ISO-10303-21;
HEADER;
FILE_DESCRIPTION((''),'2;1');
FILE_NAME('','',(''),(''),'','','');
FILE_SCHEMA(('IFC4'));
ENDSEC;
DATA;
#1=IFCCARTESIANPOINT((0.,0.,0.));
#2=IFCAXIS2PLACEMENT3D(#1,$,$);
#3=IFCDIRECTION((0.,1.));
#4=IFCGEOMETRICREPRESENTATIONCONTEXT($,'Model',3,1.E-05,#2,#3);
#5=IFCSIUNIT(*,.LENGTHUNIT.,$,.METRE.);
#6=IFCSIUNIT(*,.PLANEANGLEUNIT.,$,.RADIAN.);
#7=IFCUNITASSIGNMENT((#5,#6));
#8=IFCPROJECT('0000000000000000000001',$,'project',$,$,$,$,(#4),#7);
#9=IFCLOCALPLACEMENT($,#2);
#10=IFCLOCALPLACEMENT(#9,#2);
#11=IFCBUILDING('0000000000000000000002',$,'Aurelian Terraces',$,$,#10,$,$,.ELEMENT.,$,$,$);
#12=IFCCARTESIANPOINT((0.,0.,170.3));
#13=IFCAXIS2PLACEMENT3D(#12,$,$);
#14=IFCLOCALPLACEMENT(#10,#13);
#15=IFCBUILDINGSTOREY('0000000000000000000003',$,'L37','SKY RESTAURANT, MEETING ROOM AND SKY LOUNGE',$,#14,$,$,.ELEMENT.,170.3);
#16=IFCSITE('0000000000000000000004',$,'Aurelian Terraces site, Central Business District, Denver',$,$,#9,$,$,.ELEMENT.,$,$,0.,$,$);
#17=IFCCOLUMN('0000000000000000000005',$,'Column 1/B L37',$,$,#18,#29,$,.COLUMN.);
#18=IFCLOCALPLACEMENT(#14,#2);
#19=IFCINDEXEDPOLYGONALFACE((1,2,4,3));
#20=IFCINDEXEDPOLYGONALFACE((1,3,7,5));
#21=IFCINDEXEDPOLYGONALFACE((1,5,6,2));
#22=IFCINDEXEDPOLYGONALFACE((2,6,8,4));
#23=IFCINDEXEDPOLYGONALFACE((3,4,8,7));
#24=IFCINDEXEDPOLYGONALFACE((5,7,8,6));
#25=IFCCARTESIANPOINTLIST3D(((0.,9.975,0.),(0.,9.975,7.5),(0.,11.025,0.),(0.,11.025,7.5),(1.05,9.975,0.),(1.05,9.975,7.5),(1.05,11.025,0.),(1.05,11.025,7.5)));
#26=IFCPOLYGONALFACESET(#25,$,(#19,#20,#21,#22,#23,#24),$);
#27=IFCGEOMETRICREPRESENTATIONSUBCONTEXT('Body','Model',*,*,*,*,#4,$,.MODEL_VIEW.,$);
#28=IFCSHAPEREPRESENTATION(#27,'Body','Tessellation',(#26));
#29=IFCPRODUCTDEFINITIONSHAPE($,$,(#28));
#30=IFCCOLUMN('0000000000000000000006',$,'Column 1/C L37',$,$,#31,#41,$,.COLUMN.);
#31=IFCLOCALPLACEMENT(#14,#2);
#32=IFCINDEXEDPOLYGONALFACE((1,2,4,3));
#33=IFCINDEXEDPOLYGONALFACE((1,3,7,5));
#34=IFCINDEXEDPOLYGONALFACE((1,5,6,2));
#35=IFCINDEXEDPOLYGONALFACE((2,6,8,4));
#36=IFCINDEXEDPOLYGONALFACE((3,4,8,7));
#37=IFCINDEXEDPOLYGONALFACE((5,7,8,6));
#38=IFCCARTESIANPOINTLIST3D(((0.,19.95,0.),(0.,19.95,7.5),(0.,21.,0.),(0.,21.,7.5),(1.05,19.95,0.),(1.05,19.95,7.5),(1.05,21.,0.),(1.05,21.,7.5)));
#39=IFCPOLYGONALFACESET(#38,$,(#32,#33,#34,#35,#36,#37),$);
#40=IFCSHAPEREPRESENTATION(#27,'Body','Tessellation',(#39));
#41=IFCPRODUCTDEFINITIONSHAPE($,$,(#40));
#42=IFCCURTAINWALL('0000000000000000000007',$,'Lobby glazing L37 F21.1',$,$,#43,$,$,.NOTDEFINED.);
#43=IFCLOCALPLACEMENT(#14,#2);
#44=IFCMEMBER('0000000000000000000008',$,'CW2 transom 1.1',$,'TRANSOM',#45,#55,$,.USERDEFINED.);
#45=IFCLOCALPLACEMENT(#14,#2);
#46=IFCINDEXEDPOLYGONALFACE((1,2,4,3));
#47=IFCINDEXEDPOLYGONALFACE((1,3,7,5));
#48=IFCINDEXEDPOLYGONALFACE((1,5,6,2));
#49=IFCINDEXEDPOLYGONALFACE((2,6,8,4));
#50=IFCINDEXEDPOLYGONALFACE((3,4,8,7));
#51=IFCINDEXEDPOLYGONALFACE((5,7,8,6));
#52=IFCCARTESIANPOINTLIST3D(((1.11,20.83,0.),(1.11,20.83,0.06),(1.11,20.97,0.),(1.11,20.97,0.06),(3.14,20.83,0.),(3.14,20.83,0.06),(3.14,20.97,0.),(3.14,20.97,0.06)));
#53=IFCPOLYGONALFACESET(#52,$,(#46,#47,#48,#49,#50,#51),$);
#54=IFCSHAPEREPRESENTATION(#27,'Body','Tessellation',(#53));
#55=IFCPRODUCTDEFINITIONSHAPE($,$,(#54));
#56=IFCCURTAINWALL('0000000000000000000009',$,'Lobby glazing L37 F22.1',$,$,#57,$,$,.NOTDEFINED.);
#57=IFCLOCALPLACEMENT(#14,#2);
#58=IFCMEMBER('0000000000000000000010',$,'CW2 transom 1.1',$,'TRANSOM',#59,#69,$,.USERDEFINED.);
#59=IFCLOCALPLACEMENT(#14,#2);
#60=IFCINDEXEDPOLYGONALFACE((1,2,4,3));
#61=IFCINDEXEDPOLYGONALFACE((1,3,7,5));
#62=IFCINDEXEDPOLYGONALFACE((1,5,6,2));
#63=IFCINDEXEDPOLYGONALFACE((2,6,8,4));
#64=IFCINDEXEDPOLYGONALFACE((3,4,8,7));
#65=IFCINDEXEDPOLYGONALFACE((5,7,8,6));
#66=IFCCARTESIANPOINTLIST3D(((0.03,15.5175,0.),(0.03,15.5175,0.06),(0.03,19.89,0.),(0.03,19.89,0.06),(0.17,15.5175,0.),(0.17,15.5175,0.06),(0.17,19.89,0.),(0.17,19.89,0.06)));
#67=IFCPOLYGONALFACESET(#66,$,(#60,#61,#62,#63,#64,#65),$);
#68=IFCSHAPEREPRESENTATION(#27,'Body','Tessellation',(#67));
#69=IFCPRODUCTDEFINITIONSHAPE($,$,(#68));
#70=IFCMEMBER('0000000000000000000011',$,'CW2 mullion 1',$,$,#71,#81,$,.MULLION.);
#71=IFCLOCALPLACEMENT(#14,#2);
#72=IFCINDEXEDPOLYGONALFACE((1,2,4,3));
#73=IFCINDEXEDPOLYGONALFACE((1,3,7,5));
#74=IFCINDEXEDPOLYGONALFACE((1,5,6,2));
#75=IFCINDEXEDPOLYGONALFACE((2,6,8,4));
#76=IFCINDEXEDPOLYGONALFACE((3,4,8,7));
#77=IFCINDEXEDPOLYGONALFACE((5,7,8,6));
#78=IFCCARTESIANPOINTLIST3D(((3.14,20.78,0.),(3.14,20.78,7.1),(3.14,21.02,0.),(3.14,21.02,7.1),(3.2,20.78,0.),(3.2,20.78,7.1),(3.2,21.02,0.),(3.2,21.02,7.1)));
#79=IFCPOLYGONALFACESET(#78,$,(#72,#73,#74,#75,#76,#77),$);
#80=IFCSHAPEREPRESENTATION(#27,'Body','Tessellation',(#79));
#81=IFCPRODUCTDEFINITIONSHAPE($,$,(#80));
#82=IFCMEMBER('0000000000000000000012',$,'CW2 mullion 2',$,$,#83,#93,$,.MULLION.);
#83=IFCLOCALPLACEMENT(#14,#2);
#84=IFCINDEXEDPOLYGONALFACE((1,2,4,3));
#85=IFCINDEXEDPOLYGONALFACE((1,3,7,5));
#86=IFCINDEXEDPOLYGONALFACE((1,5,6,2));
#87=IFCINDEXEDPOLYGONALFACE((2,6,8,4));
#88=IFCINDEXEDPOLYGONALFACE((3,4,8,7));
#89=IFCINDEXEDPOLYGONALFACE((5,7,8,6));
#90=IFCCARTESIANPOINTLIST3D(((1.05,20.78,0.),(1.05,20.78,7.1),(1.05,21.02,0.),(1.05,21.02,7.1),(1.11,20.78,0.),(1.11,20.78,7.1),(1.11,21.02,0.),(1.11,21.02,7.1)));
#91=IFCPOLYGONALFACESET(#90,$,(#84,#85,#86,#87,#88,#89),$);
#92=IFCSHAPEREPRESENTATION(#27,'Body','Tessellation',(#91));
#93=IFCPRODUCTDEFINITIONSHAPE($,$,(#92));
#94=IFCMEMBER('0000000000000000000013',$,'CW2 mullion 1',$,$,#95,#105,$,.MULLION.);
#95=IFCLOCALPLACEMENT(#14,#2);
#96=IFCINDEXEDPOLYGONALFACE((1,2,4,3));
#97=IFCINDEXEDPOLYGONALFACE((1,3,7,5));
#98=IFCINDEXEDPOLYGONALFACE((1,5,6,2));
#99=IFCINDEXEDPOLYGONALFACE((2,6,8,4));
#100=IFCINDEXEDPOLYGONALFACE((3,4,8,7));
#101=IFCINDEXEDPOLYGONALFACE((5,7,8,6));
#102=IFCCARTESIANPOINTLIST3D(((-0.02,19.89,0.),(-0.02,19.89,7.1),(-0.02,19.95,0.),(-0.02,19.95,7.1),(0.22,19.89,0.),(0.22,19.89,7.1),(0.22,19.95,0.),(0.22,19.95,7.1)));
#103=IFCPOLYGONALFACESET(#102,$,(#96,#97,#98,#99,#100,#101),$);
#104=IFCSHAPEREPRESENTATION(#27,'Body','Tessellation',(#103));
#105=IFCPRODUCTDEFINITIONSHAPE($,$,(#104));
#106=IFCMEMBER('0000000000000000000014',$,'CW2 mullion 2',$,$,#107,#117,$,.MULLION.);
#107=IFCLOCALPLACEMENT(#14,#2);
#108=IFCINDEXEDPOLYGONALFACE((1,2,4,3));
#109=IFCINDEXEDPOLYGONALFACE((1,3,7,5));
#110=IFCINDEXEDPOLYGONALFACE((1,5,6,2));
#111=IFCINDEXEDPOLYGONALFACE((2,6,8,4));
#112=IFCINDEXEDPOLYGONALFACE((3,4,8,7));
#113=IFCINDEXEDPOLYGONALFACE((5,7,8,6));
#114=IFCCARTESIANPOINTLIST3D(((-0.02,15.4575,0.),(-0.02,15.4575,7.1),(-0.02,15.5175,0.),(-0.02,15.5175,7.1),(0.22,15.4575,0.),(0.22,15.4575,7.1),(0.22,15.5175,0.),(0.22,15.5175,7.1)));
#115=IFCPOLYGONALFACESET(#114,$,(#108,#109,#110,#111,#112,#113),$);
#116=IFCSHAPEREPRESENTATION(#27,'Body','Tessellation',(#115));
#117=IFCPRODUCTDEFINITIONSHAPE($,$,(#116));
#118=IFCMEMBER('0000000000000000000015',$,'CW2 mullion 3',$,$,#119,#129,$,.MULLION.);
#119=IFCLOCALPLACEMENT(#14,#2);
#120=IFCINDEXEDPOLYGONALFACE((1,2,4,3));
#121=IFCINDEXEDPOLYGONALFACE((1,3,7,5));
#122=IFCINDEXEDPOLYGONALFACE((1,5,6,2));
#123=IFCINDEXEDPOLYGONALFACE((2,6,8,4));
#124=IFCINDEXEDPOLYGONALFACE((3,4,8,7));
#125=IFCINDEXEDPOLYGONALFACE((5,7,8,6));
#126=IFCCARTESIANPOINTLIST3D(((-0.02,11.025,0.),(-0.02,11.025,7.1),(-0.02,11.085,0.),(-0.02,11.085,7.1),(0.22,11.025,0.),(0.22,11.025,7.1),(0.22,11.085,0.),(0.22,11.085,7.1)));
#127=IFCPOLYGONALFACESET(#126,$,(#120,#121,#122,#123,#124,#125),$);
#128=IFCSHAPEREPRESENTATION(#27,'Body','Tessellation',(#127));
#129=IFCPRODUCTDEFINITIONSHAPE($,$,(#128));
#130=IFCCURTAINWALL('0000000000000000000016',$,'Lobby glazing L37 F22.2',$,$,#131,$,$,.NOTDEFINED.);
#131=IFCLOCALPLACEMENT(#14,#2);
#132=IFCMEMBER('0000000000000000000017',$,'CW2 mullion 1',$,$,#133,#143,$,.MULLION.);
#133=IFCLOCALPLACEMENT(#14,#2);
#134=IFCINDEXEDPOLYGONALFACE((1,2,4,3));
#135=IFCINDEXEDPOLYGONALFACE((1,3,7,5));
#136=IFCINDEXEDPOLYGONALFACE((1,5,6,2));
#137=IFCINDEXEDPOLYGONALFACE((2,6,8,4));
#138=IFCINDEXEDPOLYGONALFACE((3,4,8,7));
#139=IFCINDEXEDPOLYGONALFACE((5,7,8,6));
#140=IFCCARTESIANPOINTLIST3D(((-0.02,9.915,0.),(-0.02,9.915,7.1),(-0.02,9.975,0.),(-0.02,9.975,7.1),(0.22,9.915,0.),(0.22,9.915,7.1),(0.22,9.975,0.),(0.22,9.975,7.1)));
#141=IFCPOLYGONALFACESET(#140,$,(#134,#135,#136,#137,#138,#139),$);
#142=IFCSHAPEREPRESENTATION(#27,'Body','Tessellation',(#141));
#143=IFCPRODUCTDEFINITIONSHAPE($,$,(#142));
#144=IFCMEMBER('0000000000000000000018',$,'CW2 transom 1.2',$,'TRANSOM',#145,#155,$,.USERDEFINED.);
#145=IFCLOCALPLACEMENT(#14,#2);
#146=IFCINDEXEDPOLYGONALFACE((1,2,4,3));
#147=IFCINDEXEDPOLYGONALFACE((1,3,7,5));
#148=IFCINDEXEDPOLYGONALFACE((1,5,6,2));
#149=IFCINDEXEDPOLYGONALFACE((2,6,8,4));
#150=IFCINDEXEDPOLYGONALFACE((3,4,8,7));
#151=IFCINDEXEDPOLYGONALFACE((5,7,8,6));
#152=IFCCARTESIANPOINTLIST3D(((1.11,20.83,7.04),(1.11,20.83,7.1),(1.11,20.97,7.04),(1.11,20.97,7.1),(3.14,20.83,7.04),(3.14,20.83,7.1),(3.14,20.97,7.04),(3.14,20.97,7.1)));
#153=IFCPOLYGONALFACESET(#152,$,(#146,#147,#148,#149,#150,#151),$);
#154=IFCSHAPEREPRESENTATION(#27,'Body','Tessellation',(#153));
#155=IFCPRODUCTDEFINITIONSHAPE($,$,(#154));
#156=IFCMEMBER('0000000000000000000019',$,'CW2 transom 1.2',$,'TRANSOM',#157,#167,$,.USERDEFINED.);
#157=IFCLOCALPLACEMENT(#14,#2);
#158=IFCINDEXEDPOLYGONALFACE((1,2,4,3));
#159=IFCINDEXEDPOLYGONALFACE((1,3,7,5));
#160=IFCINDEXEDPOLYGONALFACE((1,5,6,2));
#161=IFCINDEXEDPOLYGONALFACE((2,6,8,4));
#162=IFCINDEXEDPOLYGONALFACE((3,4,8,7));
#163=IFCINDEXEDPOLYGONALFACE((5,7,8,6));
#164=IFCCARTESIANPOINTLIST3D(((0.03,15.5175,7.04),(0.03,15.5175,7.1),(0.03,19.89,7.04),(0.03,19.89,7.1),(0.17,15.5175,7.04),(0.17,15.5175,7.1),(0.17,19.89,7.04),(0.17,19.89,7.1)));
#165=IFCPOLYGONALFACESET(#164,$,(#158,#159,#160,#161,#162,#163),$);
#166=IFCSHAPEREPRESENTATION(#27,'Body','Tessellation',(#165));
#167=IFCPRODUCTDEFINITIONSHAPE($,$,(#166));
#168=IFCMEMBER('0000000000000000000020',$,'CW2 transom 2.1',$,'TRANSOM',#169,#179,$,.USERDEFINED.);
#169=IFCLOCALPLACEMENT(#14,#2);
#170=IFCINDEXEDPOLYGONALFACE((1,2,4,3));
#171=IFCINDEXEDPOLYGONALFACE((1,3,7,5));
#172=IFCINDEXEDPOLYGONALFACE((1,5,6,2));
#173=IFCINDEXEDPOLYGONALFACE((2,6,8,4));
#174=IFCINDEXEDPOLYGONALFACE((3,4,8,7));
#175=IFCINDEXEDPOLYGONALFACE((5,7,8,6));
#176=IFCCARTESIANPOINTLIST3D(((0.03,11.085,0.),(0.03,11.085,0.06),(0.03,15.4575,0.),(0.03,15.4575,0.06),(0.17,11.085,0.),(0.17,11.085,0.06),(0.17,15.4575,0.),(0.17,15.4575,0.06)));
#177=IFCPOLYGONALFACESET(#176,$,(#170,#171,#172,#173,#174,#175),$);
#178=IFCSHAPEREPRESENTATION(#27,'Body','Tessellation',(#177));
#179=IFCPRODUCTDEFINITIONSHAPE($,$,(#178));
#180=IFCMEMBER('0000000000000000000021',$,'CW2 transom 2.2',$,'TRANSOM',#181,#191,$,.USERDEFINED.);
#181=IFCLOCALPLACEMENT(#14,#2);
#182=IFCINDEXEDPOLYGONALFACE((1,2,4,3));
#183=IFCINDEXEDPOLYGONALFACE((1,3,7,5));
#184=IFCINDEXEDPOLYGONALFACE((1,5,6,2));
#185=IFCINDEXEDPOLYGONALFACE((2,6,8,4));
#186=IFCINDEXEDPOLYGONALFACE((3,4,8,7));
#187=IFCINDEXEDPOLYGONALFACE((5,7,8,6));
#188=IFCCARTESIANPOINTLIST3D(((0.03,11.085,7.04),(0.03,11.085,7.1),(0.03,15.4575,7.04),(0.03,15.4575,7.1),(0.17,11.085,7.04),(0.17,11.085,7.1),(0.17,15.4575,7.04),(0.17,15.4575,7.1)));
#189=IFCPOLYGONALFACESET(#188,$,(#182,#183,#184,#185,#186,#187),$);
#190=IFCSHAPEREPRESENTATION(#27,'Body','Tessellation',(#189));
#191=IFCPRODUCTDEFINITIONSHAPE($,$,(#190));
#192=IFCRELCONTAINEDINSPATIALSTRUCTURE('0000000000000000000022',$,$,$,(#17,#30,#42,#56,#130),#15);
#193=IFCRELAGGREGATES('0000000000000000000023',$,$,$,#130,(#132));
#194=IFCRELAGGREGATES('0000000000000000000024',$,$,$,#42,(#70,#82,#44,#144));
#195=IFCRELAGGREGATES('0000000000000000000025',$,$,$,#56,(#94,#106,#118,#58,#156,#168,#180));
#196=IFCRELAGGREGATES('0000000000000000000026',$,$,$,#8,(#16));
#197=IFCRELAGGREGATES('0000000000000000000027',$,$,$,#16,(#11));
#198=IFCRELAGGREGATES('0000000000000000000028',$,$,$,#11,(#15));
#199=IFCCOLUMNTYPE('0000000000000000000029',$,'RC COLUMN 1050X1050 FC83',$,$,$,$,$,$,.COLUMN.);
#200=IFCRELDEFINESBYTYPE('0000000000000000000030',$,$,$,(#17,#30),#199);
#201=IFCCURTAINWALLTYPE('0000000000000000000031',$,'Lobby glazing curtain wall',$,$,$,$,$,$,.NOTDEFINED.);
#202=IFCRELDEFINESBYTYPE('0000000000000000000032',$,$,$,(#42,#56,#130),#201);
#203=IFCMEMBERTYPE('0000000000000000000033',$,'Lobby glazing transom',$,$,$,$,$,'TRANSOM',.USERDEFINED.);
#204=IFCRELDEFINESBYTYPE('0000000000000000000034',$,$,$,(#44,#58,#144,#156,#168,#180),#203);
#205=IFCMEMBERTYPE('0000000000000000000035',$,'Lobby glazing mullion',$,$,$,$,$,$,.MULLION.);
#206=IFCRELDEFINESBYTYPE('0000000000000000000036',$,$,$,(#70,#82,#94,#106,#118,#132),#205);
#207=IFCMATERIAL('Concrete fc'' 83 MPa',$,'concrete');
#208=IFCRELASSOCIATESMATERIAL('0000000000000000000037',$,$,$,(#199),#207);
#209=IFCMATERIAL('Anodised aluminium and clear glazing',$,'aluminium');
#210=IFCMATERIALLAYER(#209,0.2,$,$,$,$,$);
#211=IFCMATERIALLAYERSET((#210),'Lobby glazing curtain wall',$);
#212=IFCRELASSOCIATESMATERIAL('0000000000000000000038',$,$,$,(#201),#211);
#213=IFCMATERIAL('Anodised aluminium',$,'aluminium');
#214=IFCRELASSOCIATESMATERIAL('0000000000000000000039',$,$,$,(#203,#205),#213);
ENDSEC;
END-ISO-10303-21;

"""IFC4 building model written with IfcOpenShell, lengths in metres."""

from ifc_helpers import new_model, si_unit, direction, frame, origin, origin_2d, place, context, subcontext, project, spatial, rectangle, extrude, source, transform, mapped, material, layer, layer_set, material_profile, profile_set, type_object, element, aggregate, save


model = new_model("IFC4")

# Units and contexts
model_context = context("Model", 3, precision=1e-05, world=origin(), true_north=direction((0.0, 1.0)))
body_context = subcontext(model_context, "Body", "Model", "MODEL_VIEW")
ifc_project = project(units=[si_unit("LENGTHUNIT", "METRE"), si_unit("PLANEANGLEUNIT", "RADIAN")], contexts=[model_context])

# Site, building, storey
site_placement = place(None, origin())
site = spatial("IfcSite", under=ifc_project, at=site_placement, Name="Aurelian Terraces site, Central Business District, Denver", CompositionType="ELEMENT", RefElevation=0.0)
building_placement = place(site_placement, origin())
building = spatial("IfcBuilding", under=site, at=building_placement, Name="Aurelian Terraces", CompositionType="ELEMENT")
storey_placement = place(building_placement, frame((0.0, 0.0, 170.3)))
storey = spatial("IfcBuildingStorey", under=building, at=storey_placement, Name="L37", Description="SKY RESTAURANT, MEETING ROOM AND SKY LOUNGE", CompositionType="ELEMENT", Elevation=170.3)

# Columns
ifc_material_1 = material(Name="Concrete fc' 83 MPa", Category="concrete")
ifc_material_profile_1 = material_profile(ifc_material_1, rectangle(XDim=1.05, YDim=1.05, at=origin_2d()))
ifc_profile_set_1 = profile_set([ifc_material_profile_1], Name="Concrete fc' 83 MPa")
column_type = type_object("IfcColumnType", Name="RC COLUMN 1050X1050 FC83", PredefinedType="COLUMN", material=ifc_profile_set_1)
shared_shape_1 = source(origin(), body_context, "Body", "SweptSolid", [
    extrude(rectangle(XDim=1.05, YDim=1.05, at=origin_2d()), origin(), (0.0, 0.0, 1.0), 7.5),
])
for number, where, z_axis, x_axis, name in (
    (1, (0.525, 10.5, 0.0), (0.0, 0.0, 1.0), (1.0, 0.0, 0.0), "Column 1/B L37"),
    (2, (0.525, 20.475, 0.0), (0.0, 0.0, 1.0), (1.0, 0.0, 0.0), "Column 1/C L37"),
):
    element("IfcColumn", number, at=place(storey_placement, frame(where, z_axis=z_axis, x_axis=x_axis)), inside=storey, type_object=column_type, Name=name, PredefinedType="COLUMN", context=body_context, shape_type="MappedRepresentation", body=[
        mapped(shared_shape_1, transform((0.0, 0.0, 0.0), scale=1.0)),
    ])

# Curtain walls, members
ifc_material_2 = material(Name="Anodised aluminium and clear glazing", Category="aluminium")
ifc_layer_1 = layer(ifc_material_2, 0.2)
ifc_layer_set_1 = layer_set([ifc_layer_1], Name="Lobby glazing curtain wall")
curtain_wall_type = type_object("IfcCurtainWallType", Name="Lobby glazing curtain wall", PredefinedType="NOTDEFINED", material=ifc_layer_set_1)
curtain_wall_1_placement = place(storey_placement, origin())
curtain_wall_1 = element("IfcCurtainWall", 3, at=curtain_wall_1_placement, inside=storey, type_object=curtain_wall_type, Name="Lobby glazing L37 F21.1", PredefinedType="NOTDEFINED")
ifc_material_3 = material(Name="Anodised aluminium", Category="aluminium")
ifc_material_profile_2 = material_profile(ifc_material_3, rectangle(XDim=0.14, YDim=0.06, at=origin_2d()))
ifc_profile_set_2 = profile_set([ifc_material_profile_2], Name="Anodised aluminium")
member_type_1 = type_object("IfcMemberType", Name="Lobby glazing transom", ElementType="TRANSOM", PredefinedType="USERDEFINED", material=ifc_profile_set_2)
member_1_placement = place(storey_placement, frame((3.14, 20.9, 0.03), z_axis=(-1.0, 0.0, 0.0), x_axis=(0.0, -1.0, 0.0)))
member_1 = element("IfcMember", 4, at=member_1_placement, type_object=member_type_1, Name="CW2 transom 1.1", ObjectType="TRANSOM", PredefinedType="USERDEFINED", context=body_context, shape_type="SweptSolid", body=[
    extrude(rectangle(XDim=0.14, YDim=0.06, at=origin_2d()), origin(), (0.0, 0.0, 1.0), 2.03),
])
curtain_wall_2_placement = place(storey_placement, origin())
curtain_wall_2 = element("IfcCurtainWall", 5, at=curtain_wall_2_placement, inside=storey, type_object=curtain_wall_type, Name="Lobby glazing L37 F22.1", PredefinedType="NOTDEFINED")
member_2_placement = place(storey_placement, frame((0.1, 19.89, 0.03), z_axis=(0.0, -1.0, 0.0), x_axis=(1.0, 0.0, 0.0)))
member_2 = element("IfcMember", 6, at=member_2_placement, type_object=member_type_1, Name="CW2 transom 1.1", ObjectType="TRANSOM", PredefinedType="USERDEFINED", context=body_context, shape_type="SweptSolid", body=[
    extrude(rectangle(XDim=0.14, YDim=0.06, at=origin_2d()), origin(), (0.0, 0.0, 1.0), 4.3725),
])

# Members
ifc_material_profile_3 = material_profile(ifc_material_3, rectangle(XDim=0.24, YDim=0.06, at=origin_2d()))
ifc_profile_set_3 = profile_set([ifc_material_profile_3], Name="Anodised aluminium")
member_type_2 = type_object("IfcMemberType", Name="Lobby glazing mullion", PredefinedType="MULLION", material=ifc_profile_set_3)
shared_shape_2 = source(origin(), body_context, "Body", "SweptSolid", [
    extrude(rectangle(XDim=0.24, YDim=0.06, at=origin_2d()), origin(), (0.0, 0.0, 1.0), 7.1),
])
member_3_placement = place(storey_placement, frame((3.17, 20.9, 0.0), z_axis=(0.0, 0.0, 1.0), x_axis=(0.0, -1.0, 0.0)))
member_3 = element("IfcMember", 7, at=member_3_placement, type_object=member_type_2, Name="CW2 mullion 1", PredefinedType="MULLION", context=body_context, shape_type="MappedRepresentation", body=[
    mapped(shared_shape_2, transform((0.0, 0.0, 0.0), scale=1.0)),
])
member_4_placement = place(storey_placement, frame((1.08, 20.9, 0.0), z_axis=(0.0, 0.0, 1.0), x_axis=(0.0, -1.0, 0.0)))
member_4 = element("IfcMember", 8, at=member_4_placement, type_object=member_type_2, Name="CW2 mullion 2", PredefinedType="MULLION", context=body_context, shape_type="MappedRepresentation", body=[
    mapped(shared_shape_2, transform((0.0, 0.0, 0.0), scale=1.0)),
])
member_5_placement = place(storey_placement, frame((0.1, 19.92, 0.0), z_axis=(0.0, 0.0, 1.0), x_axis=(1.0, 0.0, 0.0)))
member_5 = element("IfcMember", 9, at=member_5_placement, type_object=member_type_2, Name="CW2 mullion 1", PredefinedType="MULLION", context=body_context, shape_type="MappedRepresentation", body=[
    mapped(shared_shape_2, transform((0.0, 0.0, 0.0), scale=1.0)),
])
member_6_placement = place(storey_placement, frame((0.1, 15.4875, 0.0), z_axis=(0.0, 0.0, 1.0), x_axis=(1.0, 0.0, 0.0)))
member_6 = element("IfcMember", 10, at=member_6_placement, type_object=member_type_2, Name="CW2 mullion 2", PredefinedType="MULLION", context=body_context, shape_type="MappedRepresentation", body=[
    mapped(shared_shape_2, transform((0.0, 0.0, 0.0), scale=1.0)),
])
member_7_placement = place(storey_placement, frame((0.1, 11.055, 0.0), z_axis=(0.0, 0.0, 1.0), x_axis=(1.0, 0.0, 0.0)))
member_7 = element("IfcMember", 11, at=member_7_placement, type_object=member_type_2, Name="CW2 mullion 3", PredefinedType="MULLION", context=body_context, shape_type="MappedRepresentation", body=[
    mapped(shared_shape_2, transform((0.0, 0.0, 0.0), scale=1.0)),
])

# Curtain wall, member
curtain_wall_3_placement = place(storey_placement, origin())
curtain_wall_3 = element("IfcCurtainWall", 12, at=curtain_wall_3_placement, inside=storey, type_object=curtain_wall_type, Name="Lobby glazing L37 F22.2", PredefinedType="NOTDEFINED")
member_8_placement = place(storey_placement, frame((0.1, 9.945, 0.0), z_axis=(0.0, 0.0, 1.0), x_axis=(1.0, 0.0, 0.0)))
member_8 = element("IfcMember", 13, at=member_8_placement, type_object=member_type_2, Name="CW2 mullion 1", PredefinedType="MULLION", context=body_context, shape_type="MappedRepresentation", body=[
    mapped(shared_shape_2, transform((0.0, 0.0, 0.0), scale=1.0)),
])
aggregate(curtain_wall_3, [member_8])

# Members
shared_shape_3 = source(origin(), body_context, "Body", "SweptSolid", [
    extrude(rectangle(XDim=0.14, YDim=0.06, at=origin_2d()), origin(), (0.0, 0.0, 1.0), 2.03),
])
member_9_placement = place(storey_placement, frame((3.14, 20.9, 7.07), z_axis=(-1.0, 0.0, 0.0), x_axis=(0.0, -1.0, 0.0)))
member_9 = element("IfcMember", 14, at=member_9_placement, type_object=member_type_1, Name="CW2 transom 1.2", ObjectType="TRANSOM", PredefinedType="USERDEFINED", context=body_context, shape_type="MappedRepresentation", body=[
    mapped(shared_shape_3, transform((0.0, 0.0, 0.0), scale=1.0)),
])
shared_shape_4 = source(origin(), body_context, "Body", "SweptSolid", [
    extrude(rectangle(XDim=0.14, YDim=0.06, at=origin_2d()), origin(), (0.0, 0.0, 1.0), 4.3725),
])
member_10_placement = place(storey_placement, frame((0.1, 19.89, 7.07), z_axis=(0.0, -1.0, 0.0), x_axis=(1.0, 0.0, 0.0)))
member_10 = element("IfcMember", 15, at=member_10_placement, type_object=member_type_1, Name="CW2 transom 1.2", ObjectType="TRANSOM", PredefinedType="USERDEFINED", context=body_context, shape_type="MappedRepresentation", body=[
    mapped(shared_shape_4, transform((0.0, 0.0, 0.0), scale=1.0)),
])
member_11_placement = place(storey_placement, frame((0.1, 15.4575, 0.03), z_axis=(0.0, -1.0, 0.0), x_axis=(1.0, 0.0, 0.0)))
member_11 = element("IfcMember", 16, at=member_11_placement, type_object=member_type_1, Name="CW2 transom 2.1", ObjectType="TRANSOM", PredefinedType="USERDEFINED", context=body_context, shape_type="MappedRepresentation", body=[
    mapped(shared_shape_4, transform((0.0, 0.0, 0.0), scale=1.0)),
])
member_12_placement = place(storey_placement, frame((0.1, 15.4575, 7.07), z_axis=(0.0, -1.0, 0.0), x_axis=(1.0, 0.0, 0.0)))
member_12 = element("IfcMember", 17, at=member_12_placement, type_object=member_type_1, Name="CW2 transom 2.2", ObjectType="TRANSOM", PredefinedType="USERDEFINED", context=body_context, shape_type="MappedRepresentation", body=[
    mapped(shared_shape_4, transform((0.0, 0.0, 0.0), scale=1.0)),
])

aggregate(curtain_wall_1, [member_3, member_4, member_1, member_9])
aggregate(curtain_wall_2, [member_5, member_6, member_7, member_2, member_10, member_11, member_12])

save(model, "model.ifc")
